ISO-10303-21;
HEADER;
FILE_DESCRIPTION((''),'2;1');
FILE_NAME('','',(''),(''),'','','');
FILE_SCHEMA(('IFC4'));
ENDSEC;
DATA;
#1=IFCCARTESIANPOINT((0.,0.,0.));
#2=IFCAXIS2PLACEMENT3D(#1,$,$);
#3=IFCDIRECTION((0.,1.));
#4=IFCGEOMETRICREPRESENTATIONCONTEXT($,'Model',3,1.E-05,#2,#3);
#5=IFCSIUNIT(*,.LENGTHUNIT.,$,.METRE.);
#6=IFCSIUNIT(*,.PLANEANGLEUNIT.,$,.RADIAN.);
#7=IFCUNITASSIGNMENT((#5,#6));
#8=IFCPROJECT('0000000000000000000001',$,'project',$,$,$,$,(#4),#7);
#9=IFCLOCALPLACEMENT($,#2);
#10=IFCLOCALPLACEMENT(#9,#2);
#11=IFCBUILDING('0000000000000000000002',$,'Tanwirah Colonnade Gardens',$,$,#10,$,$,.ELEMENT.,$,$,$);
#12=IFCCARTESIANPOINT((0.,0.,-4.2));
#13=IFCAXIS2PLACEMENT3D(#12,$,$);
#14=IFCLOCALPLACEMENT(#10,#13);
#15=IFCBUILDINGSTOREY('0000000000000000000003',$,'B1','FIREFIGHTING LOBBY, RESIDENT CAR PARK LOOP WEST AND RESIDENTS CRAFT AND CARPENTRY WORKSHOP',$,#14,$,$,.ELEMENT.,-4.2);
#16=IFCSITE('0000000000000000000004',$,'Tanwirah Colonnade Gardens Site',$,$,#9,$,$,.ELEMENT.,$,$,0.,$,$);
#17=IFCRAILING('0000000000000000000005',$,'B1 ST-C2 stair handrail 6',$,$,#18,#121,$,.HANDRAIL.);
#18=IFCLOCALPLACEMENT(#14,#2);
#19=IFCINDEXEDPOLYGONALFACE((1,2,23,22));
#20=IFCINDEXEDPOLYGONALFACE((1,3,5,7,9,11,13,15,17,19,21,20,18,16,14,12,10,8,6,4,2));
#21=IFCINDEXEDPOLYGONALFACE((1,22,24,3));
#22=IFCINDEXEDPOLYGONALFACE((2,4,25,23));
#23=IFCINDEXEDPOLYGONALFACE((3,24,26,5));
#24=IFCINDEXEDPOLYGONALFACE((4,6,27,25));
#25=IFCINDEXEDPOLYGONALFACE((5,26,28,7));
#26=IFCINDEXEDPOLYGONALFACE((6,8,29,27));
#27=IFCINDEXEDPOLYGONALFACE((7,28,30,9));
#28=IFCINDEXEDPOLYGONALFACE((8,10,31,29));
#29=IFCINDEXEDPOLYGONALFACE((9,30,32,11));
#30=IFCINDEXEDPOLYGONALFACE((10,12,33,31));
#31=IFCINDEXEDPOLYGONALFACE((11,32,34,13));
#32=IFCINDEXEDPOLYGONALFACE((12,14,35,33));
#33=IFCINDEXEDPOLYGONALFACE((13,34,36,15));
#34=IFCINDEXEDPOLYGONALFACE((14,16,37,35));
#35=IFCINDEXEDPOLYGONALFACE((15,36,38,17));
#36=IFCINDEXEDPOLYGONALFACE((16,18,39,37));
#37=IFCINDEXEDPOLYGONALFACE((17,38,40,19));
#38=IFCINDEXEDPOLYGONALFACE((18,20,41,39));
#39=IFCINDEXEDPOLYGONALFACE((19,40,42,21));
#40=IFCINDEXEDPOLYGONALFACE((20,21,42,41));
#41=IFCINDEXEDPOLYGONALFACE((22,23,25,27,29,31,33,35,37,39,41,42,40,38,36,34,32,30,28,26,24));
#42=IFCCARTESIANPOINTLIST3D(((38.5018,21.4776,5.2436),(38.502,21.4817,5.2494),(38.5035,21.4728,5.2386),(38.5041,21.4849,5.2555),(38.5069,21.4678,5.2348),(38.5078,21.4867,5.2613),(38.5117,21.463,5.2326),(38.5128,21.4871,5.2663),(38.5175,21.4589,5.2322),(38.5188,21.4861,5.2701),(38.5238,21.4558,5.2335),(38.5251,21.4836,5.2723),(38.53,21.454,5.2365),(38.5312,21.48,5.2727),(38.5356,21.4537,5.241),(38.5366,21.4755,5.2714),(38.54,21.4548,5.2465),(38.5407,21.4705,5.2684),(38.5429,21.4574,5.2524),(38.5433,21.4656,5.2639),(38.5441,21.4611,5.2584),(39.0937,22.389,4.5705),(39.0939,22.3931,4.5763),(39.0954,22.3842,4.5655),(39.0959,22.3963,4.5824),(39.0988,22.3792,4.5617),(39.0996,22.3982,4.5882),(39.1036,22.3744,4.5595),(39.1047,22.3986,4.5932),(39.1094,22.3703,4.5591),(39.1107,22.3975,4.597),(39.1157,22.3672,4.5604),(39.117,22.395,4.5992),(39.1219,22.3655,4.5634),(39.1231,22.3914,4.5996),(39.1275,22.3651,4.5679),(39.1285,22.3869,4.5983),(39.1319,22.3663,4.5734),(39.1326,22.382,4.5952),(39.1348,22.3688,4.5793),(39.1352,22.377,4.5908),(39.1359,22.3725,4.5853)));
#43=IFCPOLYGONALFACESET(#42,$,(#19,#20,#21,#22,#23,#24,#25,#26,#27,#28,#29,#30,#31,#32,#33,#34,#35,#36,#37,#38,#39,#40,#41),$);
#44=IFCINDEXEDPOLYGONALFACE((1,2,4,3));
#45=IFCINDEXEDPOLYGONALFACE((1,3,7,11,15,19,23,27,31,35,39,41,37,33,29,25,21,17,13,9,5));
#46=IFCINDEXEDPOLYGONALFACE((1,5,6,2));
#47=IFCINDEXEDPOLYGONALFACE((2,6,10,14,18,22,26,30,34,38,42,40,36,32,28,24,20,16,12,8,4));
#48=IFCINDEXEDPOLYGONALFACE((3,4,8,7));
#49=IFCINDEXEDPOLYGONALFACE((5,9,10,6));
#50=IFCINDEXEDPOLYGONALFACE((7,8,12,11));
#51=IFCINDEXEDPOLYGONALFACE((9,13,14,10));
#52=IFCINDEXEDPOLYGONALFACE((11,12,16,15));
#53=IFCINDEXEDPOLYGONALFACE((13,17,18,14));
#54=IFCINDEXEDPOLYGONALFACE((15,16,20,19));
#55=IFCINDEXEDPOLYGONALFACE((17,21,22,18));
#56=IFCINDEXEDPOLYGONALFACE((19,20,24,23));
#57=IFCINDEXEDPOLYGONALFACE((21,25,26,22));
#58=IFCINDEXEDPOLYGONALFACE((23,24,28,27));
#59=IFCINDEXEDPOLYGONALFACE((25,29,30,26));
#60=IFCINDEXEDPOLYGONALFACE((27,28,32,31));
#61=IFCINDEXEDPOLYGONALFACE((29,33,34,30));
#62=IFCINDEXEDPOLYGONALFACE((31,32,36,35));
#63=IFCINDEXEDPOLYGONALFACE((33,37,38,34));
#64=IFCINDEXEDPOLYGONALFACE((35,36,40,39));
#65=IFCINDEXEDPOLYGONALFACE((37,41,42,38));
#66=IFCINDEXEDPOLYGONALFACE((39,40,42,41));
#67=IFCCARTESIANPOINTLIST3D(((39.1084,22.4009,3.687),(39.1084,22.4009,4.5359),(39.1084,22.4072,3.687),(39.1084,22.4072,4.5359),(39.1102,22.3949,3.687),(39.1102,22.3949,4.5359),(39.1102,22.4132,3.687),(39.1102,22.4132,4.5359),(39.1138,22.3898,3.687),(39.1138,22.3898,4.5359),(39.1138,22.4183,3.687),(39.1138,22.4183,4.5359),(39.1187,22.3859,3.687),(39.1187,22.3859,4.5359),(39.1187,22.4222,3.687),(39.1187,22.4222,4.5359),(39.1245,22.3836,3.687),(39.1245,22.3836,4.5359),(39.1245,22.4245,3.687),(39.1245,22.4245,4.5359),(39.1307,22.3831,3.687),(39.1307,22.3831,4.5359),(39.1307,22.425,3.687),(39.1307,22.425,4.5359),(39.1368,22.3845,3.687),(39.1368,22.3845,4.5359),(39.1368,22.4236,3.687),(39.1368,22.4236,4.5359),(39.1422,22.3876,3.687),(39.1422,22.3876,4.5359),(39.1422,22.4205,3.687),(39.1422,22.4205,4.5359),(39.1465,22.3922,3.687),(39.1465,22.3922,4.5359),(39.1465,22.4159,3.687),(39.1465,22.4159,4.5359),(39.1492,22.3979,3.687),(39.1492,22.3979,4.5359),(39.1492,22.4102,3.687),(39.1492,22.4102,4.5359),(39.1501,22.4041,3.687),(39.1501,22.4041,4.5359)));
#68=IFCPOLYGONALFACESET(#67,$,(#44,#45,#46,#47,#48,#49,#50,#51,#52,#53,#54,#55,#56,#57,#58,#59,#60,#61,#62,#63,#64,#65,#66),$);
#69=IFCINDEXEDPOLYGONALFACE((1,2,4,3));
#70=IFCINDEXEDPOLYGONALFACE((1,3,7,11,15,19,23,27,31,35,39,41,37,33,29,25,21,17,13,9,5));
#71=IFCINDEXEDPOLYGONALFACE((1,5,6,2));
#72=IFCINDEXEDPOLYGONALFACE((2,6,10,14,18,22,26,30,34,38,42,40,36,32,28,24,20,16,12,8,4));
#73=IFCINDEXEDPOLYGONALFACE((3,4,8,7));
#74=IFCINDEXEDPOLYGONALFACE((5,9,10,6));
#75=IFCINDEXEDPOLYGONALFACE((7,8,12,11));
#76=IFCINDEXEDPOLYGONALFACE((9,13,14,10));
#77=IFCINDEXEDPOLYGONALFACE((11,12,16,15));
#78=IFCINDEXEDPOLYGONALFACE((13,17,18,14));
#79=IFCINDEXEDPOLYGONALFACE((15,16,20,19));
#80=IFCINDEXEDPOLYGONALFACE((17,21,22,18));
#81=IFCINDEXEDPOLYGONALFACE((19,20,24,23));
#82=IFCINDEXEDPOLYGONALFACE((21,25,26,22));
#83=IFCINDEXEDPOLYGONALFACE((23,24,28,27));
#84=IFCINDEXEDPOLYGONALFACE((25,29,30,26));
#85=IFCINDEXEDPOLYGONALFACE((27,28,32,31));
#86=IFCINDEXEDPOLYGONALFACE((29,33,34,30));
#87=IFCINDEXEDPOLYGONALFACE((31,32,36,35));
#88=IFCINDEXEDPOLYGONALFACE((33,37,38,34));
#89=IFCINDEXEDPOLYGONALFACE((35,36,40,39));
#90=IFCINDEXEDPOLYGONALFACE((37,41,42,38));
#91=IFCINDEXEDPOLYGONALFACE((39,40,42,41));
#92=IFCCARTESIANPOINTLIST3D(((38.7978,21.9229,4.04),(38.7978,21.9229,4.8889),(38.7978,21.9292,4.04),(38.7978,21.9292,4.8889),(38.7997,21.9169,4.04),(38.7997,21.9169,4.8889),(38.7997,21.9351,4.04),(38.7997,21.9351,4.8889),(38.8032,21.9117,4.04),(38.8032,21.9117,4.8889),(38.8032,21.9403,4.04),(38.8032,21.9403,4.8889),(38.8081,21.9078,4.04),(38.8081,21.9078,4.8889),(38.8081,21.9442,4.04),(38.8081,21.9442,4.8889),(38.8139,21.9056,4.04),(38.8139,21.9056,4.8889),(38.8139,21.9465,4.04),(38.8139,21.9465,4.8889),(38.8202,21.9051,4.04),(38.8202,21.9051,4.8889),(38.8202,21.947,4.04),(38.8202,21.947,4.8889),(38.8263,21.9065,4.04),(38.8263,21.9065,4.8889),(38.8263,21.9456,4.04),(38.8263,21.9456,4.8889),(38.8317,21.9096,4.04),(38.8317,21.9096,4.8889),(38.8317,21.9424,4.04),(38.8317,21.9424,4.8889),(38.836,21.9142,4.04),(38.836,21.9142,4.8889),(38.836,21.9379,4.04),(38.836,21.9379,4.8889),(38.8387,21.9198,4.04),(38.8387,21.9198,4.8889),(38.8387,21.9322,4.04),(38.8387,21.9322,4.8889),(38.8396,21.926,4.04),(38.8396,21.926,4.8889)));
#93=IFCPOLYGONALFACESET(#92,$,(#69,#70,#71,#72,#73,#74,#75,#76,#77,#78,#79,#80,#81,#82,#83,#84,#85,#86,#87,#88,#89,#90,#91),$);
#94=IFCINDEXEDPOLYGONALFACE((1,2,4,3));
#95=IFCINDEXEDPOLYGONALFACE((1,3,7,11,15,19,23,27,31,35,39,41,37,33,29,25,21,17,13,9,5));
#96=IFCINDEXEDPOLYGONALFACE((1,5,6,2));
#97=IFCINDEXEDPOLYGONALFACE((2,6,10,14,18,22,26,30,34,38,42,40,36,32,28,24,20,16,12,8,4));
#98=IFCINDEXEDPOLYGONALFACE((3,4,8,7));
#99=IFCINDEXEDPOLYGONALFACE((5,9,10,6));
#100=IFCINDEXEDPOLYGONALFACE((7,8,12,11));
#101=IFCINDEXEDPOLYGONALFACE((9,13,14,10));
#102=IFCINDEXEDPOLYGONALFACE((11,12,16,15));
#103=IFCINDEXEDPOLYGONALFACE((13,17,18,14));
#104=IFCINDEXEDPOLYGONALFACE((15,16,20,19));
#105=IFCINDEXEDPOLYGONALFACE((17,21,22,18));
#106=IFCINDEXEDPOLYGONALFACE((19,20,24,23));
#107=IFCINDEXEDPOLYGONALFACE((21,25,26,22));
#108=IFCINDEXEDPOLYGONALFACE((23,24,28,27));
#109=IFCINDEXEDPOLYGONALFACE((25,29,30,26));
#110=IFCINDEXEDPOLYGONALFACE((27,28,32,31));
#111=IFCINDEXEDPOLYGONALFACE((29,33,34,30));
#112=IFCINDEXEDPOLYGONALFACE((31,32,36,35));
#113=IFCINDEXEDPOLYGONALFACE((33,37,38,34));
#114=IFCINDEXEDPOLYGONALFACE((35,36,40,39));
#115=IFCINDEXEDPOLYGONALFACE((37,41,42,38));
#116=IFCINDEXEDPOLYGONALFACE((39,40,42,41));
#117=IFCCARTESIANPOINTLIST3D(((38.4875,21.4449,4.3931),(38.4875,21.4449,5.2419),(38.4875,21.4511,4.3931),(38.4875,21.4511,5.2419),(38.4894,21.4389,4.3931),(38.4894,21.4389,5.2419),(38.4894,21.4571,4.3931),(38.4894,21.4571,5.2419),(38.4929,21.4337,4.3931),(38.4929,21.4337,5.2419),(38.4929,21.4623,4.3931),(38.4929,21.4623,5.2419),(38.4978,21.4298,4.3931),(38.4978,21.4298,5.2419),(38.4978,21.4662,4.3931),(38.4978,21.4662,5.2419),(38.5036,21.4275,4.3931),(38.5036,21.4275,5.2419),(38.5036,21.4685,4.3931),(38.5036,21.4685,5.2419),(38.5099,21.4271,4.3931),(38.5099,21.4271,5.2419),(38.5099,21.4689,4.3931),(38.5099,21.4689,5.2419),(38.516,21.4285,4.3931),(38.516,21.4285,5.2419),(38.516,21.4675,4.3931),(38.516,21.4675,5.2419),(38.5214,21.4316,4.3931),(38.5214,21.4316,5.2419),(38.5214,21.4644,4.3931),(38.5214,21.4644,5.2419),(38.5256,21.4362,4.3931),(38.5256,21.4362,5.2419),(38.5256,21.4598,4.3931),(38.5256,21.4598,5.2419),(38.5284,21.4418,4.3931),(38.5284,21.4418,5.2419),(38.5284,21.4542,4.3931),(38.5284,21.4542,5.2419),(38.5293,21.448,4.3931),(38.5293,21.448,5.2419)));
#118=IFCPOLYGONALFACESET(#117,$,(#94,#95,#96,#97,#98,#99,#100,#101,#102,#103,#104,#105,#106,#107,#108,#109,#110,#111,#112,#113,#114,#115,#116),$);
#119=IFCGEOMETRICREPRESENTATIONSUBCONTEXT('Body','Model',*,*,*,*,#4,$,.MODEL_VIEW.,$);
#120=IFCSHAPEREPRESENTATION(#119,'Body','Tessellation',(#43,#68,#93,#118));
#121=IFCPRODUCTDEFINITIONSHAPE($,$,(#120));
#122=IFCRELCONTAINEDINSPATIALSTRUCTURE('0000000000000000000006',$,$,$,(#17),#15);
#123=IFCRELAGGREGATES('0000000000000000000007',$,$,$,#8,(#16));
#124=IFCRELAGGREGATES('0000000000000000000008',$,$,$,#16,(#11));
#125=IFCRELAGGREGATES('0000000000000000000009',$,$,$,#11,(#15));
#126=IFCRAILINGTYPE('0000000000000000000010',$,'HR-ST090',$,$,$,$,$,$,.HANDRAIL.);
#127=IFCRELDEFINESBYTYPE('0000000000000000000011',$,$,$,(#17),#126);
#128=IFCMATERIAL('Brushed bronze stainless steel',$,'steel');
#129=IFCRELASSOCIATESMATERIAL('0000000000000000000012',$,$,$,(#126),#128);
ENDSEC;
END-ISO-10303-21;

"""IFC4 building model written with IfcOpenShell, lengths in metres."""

from ifc_helpers import new_model, si_unit, direction, frame, origin, origin_2d, place, context, subcontext, project, spatial, circle, extrude, material, type_object, element, save


model = new_model("IFC4")

# Units and contexts
model_context = context("Model", 3, precision=1e-05, world=origin(), true_north=direction((0.0, 1.0)))
body_context = subcontext(model_context, "Body", "Model", "MODEL_VIEW")
ifc_project = project(units=[si_unit("LENGTHUNIT", "METRE"), si_unit("PLANEANGLEUNIT", "RADIAN")], contexts=[model_context])

# Site, building, storey
site_placement = place(None, origin())
site = spatial("IfcSite", under=ifc_project, at=site_placement, Name="Tanwirah Colonnade Gardens Site", CompositionType="ELEMENT", RefElevation=0.0)
building_placement = place(site_placement, origin())
building = spatial("IfcBuilding", under=site, at=building_placement, Name="Tanwirah Colonnade Gardens", CompositionType="ELEMENT")
storey_placement = place(building_placement, frame((0.0, 0.0, -4.2)))
storey = spatial("IfcBuildingStorey", under=building, at=storey_placement, Name="B1", Description="FIREFIGHTING LOBBY, RESIDENT CAR PARK LOOP WEST AND RESIDENTS CRAFT AND CARPENTRY WORKSHOP", CompositionType="ELEMENT", Elevation=-4.2)

# Railing
ifc_material_1 = material(Name="Brushed bronze stainless steel", Category="steel")
railing_type_1 = type_object("IfcRailingType", Name="HR-ST090", PredefinedType="HANDRAIL", material=ifc_material_1)
railing_1_placement = place(storey_placement, frame((39.1292, 22.4041, 3.687)))
element("IfcRailing", 1, at=railing_1_placement, inside=storey, type_object=railing_type_1, Name="B1 ST-C2 stair handrail 6", PredefinedType="HANDRAIL", context=body_context, shape_type="SweptSolid", body=[
    extrude(circle(Radius=0.0239, at=origin_2d()), frame((-0.0144, -0.0222, 0.8923), z_axis=(-0.46301, -0.712996, 0.526554), x_axis=(0.838678, -0.544627, 0.0)), (0.0, 0.0, 1.0), 1.2783),
    extrude(circle(Radius=0.021, at=origin_2d()), origin(), (0.0, 0.0, 1.0), 0.8489),
    extrude(circle(Radius=0.021, at=origin_2d()), frame((-0.3105, -0.478, 0.353)), (0.0, 0.0, 1.0), 0.8489),
    extrude(circle(Radius=0.021, at=origin_2d()), frame((-0.6208, -0.9561, 0.7061)), (0.0, 0.0, 1.0), 0.8489),
])

save(model, "model.ifc")
